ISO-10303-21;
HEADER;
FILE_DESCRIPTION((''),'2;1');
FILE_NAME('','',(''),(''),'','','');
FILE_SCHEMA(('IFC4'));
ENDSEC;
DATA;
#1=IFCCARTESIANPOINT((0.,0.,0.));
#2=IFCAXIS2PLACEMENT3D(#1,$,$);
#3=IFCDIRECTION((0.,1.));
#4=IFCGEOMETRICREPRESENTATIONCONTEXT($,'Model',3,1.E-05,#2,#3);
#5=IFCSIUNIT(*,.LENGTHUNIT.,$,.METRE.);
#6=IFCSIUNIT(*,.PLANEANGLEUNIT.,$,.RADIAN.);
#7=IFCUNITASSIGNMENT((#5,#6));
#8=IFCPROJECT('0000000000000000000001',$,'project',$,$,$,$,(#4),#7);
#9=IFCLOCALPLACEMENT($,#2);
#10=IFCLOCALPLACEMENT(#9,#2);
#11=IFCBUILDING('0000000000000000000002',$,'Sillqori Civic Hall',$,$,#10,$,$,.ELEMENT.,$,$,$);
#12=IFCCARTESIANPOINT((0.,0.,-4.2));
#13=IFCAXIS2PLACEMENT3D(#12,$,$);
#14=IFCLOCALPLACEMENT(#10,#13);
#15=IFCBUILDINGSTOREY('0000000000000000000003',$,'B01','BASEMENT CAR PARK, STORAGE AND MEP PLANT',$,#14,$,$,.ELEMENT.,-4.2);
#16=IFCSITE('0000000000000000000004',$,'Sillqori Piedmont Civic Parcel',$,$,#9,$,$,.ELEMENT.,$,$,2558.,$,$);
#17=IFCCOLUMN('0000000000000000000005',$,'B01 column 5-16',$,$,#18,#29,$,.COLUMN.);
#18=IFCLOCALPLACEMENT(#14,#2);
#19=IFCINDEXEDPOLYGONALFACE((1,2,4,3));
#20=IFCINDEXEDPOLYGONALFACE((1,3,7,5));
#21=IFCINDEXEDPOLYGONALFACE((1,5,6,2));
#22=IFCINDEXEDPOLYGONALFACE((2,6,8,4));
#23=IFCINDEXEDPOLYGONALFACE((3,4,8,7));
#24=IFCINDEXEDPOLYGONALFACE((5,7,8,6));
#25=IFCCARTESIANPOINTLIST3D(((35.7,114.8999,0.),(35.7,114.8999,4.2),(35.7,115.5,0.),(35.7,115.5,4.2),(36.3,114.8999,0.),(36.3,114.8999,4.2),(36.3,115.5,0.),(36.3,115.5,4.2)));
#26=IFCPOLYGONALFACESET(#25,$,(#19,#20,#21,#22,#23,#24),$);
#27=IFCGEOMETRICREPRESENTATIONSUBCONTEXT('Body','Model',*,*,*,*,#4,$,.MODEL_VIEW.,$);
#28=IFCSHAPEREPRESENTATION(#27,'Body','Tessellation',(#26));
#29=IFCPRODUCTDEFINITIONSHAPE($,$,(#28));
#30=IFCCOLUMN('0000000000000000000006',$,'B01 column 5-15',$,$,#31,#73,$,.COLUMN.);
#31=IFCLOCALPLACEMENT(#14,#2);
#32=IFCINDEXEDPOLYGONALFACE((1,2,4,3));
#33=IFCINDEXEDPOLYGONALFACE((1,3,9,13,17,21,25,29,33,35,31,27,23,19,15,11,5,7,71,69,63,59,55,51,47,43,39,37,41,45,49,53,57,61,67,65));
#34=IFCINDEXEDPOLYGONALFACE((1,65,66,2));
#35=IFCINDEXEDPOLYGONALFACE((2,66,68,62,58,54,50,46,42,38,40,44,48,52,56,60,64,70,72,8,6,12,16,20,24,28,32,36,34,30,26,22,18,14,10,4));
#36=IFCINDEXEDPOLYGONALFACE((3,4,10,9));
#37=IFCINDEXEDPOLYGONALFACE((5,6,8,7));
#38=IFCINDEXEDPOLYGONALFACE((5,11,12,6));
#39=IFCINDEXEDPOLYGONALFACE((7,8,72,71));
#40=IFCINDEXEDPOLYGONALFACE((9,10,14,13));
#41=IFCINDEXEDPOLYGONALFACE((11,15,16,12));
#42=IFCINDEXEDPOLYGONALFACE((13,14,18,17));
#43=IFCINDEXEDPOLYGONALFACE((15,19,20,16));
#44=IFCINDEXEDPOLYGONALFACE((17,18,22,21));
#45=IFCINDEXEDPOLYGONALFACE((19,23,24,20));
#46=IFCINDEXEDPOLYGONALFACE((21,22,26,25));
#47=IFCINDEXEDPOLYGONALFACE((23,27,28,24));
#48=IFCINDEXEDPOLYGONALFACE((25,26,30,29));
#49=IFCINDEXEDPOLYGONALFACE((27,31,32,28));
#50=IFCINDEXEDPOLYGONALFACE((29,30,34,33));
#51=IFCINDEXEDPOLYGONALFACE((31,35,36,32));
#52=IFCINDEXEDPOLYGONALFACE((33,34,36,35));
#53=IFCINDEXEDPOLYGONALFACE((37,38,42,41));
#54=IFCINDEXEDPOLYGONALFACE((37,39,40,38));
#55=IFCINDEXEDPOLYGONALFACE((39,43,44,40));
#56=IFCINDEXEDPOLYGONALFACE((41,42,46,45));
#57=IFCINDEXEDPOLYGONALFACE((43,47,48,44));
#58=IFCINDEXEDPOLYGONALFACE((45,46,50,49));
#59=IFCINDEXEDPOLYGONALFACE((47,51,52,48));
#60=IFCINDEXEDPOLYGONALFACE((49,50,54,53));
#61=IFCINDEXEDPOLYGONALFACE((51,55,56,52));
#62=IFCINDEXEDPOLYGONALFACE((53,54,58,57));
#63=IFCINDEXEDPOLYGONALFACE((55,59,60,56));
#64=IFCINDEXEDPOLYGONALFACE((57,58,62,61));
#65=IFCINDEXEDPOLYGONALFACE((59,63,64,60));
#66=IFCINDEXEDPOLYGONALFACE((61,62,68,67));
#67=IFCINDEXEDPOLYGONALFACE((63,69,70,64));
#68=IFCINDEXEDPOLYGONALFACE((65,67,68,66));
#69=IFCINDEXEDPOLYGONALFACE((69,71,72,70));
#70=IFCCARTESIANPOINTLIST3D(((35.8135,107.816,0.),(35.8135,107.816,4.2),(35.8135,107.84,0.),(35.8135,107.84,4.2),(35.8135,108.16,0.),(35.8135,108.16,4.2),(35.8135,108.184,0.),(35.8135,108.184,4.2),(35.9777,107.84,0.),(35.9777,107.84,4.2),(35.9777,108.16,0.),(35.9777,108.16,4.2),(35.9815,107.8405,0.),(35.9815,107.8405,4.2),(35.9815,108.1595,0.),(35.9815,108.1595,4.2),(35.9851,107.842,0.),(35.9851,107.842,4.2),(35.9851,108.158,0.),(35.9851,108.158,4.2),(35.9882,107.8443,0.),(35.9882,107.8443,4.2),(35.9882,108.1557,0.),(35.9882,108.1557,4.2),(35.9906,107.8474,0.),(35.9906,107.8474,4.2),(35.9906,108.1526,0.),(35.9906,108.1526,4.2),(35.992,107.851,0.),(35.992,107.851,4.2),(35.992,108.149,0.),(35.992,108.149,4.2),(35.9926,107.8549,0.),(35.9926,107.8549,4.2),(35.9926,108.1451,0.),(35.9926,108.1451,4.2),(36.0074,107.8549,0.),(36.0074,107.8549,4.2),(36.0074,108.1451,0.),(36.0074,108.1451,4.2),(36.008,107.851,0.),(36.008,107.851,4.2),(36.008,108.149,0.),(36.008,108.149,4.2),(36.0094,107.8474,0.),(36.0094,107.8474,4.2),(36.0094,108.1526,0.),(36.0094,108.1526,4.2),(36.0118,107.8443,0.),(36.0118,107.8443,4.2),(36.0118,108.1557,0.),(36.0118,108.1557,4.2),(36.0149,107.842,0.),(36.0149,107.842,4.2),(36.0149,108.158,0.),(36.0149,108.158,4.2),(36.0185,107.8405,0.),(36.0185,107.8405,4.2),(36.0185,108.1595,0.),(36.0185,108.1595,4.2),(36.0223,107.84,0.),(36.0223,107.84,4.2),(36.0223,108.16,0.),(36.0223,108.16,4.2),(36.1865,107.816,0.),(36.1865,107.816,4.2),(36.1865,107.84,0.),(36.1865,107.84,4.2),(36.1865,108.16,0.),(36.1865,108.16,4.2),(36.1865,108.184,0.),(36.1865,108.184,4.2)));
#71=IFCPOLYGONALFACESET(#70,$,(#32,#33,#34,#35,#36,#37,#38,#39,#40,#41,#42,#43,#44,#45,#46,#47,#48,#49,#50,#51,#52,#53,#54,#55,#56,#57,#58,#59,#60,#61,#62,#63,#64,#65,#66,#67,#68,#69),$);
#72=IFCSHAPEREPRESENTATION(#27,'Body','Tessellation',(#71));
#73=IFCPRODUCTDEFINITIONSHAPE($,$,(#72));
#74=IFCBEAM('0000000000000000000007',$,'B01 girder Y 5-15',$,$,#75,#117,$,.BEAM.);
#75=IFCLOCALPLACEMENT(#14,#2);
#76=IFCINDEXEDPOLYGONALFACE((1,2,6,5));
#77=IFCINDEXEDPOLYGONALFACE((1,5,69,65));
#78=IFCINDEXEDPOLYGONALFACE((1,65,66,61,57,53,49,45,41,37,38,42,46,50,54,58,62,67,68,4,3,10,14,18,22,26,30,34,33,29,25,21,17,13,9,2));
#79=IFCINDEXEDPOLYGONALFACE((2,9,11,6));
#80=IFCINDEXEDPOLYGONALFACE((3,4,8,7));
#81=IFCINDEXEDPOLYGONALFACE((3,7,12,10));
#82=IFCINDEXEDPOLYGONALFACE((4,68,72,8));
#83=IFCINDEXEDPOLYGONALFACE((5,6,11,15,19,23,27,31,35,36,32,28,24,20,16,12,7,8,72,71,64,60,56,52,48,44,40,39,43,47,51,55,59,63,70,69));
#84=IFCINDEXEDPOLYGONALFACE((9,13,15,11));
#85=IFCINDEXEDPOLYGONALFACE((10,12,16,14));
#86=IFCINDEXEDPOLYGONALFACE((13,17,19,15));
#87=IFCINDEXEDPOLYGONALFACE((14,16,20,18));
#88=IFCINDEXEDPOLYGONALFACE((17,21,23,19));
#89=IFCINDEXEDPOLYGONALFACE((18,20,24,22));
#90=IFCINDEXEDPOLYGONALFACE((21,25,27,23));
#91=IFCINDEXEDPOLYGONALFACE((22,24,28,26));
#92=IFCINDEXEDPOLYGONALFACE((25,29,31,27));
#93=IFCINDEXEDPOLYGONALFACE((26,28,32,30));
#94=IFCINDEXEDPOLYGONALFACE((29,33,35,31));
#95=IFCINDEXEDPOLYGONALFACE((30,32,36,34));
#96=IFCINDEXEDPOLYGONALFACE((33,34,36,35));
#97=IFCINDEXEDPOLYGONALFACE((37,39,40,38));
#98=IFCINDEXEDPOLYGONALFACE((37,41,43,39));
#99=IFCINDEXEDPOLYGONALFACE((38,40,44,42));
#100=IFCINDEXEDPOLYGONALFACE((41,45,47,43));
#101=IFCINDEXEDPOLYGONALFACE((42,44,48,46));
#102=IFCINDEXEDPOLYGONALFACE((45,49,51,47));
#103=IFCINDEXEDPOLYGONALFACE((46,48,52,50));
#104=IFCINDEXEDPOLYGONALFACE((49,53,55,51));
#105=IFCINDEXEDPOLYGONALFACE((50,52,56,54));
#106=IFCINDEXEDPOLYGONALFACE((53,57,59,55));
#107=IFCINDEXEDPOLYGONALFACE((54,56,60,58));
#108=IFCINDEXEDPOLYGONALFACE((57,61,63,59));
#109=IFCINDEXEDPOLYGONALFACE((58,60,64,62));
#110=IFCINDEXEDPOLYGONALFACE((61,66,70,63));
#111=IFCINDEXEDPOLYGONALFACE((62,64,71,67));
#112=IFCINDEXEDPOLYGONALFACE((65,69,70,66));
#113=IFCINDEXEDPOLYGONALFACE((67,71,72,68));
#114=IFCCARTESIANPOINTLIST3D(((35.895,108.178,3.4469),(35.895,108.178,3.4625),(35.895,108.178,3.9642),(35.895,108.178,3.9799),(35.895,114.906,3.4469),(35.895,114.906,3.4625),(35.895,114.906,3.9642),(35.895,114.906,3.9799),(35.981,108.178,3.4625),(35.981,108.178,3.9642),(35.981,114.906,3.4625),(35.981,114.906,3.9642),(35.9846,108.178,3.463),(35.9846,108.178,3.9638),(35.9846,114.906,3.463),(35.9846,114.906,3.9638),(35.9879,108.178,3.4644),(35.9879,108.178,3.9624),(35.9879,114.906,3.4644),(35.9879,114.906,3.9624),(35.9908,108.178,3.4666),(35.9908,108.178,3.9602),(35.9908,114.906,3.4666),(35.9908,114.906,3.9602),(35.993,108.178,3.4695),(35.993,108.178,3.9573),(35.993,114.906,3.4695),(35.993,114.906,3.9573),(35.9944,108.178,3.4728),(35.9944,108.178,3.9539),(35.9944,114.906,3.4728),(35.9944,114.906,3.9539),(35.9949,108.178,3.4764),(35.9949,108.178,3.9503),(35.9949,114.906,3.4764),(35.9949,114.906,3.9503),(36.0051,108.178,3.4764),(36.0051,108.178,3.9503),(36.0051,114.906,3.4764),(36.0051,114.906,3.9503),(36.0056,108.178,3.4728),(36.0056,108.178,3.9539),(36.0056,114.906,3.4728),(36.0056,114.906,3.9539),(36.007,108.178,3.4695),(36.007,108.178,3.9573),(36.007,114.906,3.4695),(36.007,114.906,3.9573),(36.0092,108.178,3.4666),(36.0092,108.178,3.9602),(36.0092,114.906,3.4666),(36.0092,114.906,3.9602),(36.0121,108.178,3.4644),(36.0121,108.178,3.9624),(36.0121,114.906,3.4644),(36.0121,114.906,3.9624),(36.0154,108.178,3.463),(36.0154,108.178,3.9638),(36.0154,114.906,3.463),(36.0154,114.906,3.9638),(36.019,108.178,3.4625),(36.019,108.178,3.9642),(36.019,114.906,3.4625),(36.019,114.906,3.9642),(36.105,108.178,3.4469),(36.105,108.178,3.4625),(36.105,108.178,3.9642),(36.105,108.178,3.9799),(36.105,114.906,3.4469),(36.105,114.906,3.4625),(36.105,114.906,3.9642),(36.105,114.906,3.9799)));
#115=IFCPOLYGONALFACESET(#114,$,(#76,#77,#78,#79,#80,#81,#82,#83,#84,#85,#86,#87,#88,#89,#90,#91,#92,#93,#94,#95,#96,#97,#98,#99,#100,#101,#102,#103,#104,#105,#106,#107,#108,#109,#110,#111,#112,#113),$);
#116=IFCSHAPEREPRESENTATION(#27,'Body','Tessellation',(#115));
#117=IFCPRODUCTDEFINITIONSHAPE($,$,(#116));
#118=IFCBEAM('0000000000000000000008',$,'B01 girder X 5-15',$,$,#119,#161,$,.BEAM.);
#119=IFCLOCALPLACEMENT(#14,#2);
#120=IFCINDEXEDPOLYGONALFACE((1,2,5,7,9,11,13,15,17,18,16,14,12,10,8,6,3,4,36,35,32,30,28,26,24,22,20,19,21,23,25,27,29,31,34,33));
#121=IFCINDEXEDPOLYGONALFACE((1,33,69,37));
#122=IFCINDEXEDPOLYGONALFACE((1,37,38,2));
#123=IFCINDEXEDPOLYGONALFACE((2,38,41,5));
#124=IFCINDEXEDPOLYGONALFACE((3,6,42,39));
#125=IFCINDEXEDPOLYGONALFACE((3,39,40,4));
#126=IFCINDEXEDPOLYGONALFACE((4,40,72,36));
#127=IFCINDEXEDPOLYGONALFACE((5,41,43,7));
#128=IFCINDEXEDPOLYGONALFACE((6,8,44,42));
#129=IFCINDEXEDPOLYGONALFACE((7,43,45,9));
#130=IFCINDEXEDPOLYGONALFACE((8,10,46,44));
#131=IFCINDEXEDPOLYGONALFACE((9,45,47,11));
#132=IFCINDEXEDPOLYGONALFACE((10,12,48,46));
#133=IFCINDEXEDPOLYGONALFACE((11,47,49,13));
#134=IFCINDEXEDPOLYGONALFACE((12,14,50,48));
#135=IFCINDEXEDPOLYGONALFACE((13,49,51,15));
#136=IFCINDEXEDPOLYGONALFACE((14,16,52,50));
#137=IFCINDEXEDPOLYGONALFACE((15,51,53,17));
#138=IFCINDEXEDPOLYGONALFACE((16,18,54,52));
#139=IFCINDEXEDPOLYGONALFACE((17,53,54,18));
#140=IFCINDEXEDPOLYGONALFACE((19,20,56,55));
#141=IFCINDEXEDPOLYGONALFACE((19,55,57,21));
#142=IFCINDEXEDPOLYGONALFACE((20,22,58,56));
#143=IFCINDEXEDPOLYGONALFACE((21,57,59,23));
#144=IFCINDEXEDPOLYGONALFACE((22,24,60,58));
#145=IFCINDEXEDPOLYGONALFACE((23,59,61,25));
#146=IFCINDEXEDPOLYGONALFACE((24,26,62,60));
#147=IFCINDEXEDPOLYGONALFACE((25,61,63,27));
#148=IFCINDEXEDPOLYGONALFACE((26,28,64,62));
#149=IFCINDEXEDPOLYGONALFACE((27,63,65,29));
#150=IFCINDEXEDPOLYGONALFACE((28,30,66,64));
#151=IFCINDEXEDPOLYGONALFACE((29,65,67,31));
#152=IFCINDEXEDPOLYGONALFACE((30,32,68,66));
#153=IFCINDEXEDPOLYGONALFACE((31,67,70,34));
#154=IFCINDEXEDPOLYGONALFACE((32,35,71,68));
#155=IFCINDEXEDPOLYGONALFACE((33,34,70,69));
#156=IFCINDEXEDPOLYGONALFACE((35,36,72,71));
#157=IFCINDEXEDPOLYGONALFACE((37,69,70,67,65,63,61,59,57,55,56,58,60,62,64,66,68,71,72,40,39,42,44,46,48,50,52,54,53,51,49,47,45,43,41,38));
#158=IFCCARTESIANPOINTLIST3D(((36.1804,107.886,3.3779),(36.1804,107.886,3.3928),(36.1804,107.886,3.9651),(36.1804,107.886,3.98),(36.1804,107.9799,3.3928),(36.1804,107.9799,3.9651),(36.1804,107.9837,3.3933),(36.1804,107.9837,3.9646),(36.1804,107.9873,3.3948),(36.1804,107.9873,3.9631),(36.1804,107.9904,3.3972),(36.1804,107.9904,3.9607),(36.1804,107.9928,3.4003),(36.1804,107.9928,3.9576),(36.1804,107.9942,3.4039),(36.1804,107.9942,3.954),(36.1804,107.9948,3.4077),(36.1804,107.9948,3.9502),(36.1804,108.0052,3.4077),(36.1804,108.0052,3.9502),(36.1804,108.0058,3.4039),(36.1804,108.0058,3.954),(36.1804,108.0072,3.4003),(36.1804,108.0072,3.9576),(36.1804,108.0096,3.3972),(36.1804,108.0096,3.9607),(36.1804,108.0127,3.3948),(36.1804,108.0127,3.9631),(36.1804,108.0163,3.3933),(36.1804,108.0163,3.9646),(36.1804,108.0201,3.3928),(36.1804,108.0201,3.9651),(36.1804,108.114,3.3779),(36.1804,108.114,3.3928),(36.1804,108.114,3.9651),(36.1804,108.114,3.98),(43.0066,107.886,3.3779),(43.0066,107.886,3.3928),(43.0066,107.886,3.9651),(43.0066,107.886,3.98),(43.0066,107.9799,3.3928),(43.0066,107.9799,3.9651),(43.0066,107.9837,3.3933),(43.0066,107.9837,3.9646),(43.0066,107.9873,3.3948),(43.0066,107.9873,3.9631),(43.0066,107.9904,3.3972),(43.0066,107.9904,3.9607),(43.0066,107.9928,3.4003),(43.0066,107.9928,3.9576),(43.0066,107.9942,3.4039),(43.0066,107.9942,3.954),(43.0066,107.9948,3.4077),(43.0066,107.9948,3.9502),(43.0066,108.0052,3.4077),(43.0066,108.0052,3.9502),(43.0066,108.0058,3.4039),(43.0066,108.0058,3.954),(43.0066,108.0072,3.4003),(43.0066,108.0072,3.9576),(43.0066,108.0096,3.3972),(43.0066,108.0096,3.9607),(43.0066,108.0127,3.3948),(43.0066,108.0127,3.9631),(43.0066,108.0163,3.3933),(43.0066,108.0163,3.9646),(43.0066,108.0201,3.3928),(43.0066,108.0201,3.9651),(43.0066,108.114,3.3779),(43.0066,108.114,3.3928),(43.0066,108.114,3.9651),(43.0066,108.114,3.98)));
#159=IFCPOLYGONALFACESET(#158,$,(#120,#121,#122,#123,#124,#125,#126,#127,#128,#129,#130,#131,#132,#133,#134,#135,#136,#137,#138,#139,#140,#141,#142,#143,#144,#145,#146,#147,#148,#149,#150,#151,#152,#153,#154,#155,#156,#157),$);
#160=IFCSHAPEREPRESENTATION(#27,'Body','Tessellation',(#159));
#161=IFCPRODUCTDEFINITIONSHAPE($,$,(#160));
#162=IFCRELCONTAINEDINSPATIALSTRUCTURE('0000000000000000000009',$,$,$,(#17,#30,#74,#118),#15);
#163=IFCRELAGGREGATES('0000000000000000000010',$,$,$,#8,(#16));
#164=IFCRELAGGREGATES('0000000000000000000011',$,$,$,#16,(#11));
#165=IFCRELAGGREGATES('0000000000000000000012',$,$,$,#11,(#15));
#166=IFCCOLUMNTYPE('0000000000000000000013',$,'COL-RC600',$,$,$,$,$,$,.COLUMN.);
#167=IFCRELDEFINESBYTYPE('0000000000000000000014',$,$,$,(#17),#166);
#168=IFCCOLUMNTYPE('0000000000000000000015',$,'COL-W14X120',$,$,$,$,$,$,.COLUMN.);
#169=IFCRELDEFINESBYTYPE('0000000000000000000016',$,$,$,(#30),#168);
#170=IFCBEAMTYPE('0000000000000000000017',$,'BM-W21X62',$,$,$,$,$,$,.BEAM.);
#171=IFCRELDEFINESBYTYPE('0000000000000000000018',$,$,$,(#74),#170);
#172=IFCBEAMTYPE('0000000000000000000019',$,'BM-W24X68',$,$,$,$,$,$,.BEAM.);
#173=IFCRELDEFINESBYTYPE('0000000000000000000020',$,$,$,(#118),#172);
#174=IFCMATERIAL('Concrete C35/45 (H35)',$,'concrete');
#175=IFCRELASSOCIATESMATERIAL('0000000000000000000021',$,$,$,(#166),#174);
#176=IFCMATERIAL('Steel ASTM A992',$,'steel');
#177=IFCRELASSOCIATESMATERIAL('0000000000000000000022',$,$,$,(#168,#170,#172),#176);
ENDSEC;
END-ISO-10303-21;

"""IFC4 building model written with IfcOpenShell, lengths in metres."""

from ifc_helpers import new_model, si_unit, direction, frame, origin, origin_2d, place, context, subcontext, project, spatial, rectangle, i_section, extrude, material, material_profile, profile_set, type_object, element, save


model = new_model("IFC4")

# Units and contexts
model_context = context("Model", 3, precision=1e-05, world=origin(), true_north=direction((0.0, 1.0)))
body_context = subcontext(model_context, "Body", "Model", "MODEL_VIEW")
ifc_project = project(units=[si_unit("LENGTHUNIT", "METRE"), si_unit("PLANEANGLEUNIT", "RADIAN")], contexts=[model_context])

# Site, building, storey
site_placement = place(None, origin())
site = spatial("IfcSite", under=ifc_project, at=site_placement, Name="Sillqori Piedmont Civic Parcel", CompositionType="ELEMENT", RefElevation=2558.0)
building_placement = place(site_placement, origin())
building = spatial("IfcBuilding", under=site, at=building_placement, Name="Sillqori Civic Hall", CompositionType="ELEMENT")
storey_placement = place(building_placement, frame((0.0, 0.0, -4.2)))
storey = spatial("IfcBuildingStorey", under=building, at=storey_placement, Name="B01", Description="BASEMENT CAR PARK, STORAGE AND MEP PLANT", CompositionType="ELEMENT", Elevation=-4.2)

# Shared definitions
ifc_material_1 = material(Name="Concrete C35/45 (H35)", Category="concrete")

# Columns
ifc_material_profile_1 = material_profile(ifc_material_1, rectangle(XDim=0.6001, YDim=0.6001, at=origin_2d()), Name="RC 600x600")
ifc_profile_set_1 = profile_set([ifc_material_profile_1], Name="Concrete C35/45 (H35)")
column_type_1 = type_object("IfcColumnType", Name="COL-RC600", PredefinedType="COLUMN", material=ifc_profile_set_1)
column_1_placement = place(storey_placement, frame((36.0, 115.2, 0.0), z_axis=(0.0, 0.0, 1.0), x_axis=(1.0, 0.0, 0.0)))
element("IfcColumn", 1, at=column_1_placement, inside=storey, type_object=column_type_1, Name="B01 column 5-16", PredefinedType="COLUMN", context=body_context, shape_type="SweptSolid", body=[
    extrude(rectangle(XDim=0.6001, YDim=0.6001, at=origin_2d()), origin(), (0.0, 0.0, 1.0), 4.2),
])
ifc_material_2 = material(Name="Steel ASTM A992", Category="steel")
ifc_material_profile_2 = material_profile(ifc_material_2, i_section(OverallWidth=0.373, OverallDepth=0.3679, WebThickness=0.0149, FlangeThickness=0.0239, FilletRadius=0.0149, at=origin_2d()), Name="W14X120")
ifc_profile_set_2 = profile_set([ifc_material_profile_2], Name="Steel ASTM A992")
column_type_2 = type_object("IfcColumnType", Name="COL-W14X120", PredefinedType="COLUMN", material=ifc_profile_set_2)
column_2_placement = place(storey_placement, frame((36.0, 108.0, 0.0), z_axis=(0.0, 0.0, 1.0), x_axis=(1.0, 0.0, 0.0)))
element("IfcColumn", 2, at=column_2_placement, inside=storey, type_object=column_type_2, Name="B01 column 5-15", PredefinedType="COLUMN", context=body_context, shape_type="SweptSolid", body=[
    extrude(i_section(OverallWidth=0.373, OverallDepth=0.3679, WebThickness=0.0149, FlangeThickness=0.0239, FilletRadius=0.0149, at=origin_2d()), origin(), (0.0, 0.0, 1.0), 4.2),
])

# Beams
ifc_material_profile_3 = material_profile(ifc_material_2, i_section(OverallWidth=0.21, OverallDepth=0.533, WebThickness=0.0103, FlangeThickness=0.0156, FilletRadius=0.0139, at=origin_2d()), Name="W21X62")
ifc_profile_set_3 = profile_set([ifc_material_profile_3], Name="Steel ASTM A992")
beam_type_1 = type_object("IfcBeamType", Name="BM-W21X62", PredefinedType="BEAM", material=ifc_profile_set_3)
beam_1_placement = place(storey_placement, frame((36.0, 108.178, 3.7134), z_axis=(0.0, 1.0, 0.0), x_axis=(-1.0, 0.0, 0.0)))
element("IfcBeam", 3, at=beam_1_placement, inside=storey, type_object=beam_type_1, Name="B01 girder Y 5-15", PredefinedType="BEAM", context=body_context, shape_type="SweptSolid", body=[
    extrude(i_section(OverallWidth=0.21, OverallDepth=0.533, WebThickness=0.0103, FlangeThickness=0.0156, FilletRadius=0.0139, at=origin_2d()), origin(), (0.0, 0.0, 1.0), 6.728),
])
ifc_material_profile_4 = material_profile(ifc_material_2, i_section(OverallWidth=0.228, OverallDepth=0.6021, WebThickness=0.0105, FlangeThickness=0.0149, FilletRadius=0.0149, at=origin_2d()), Name="W24X68")
ifc_profile_set_4 = profile_set([ifc_material_profile_4], Name="Steel ASTM A992")
beam_type_2 = type_object("IfcBeamType", Name="BM-W24X68", PredefinedType="BEAM", material=ifc_profile_set_4)
beam_2_placement = place(storey_placement, frame((36.1804, 108.0, 3.679), z_axis=(1.0, 0.0, 0.0), x_axis=(0.0, 1.0, 0.0)))
element("IfcBeam", 4, at=beam_2_placement, inside=storey, type_object=beam_type_2, Name="B01 girder X 5-15", PredefinedType="BEAM", context=body_context, shape_type="SweptSolid", body=[
    extrude(i_section(OverallWidth=0.228, OverallDepth=0.6021, WebThickness=0.0105, FlangeThickness=0.0149, FilletRadius=0.0149, at=origin_2d()), origin(), (0.0, 0.0, 1.0), 6.8262),
])

save(model, "model.ifc")
